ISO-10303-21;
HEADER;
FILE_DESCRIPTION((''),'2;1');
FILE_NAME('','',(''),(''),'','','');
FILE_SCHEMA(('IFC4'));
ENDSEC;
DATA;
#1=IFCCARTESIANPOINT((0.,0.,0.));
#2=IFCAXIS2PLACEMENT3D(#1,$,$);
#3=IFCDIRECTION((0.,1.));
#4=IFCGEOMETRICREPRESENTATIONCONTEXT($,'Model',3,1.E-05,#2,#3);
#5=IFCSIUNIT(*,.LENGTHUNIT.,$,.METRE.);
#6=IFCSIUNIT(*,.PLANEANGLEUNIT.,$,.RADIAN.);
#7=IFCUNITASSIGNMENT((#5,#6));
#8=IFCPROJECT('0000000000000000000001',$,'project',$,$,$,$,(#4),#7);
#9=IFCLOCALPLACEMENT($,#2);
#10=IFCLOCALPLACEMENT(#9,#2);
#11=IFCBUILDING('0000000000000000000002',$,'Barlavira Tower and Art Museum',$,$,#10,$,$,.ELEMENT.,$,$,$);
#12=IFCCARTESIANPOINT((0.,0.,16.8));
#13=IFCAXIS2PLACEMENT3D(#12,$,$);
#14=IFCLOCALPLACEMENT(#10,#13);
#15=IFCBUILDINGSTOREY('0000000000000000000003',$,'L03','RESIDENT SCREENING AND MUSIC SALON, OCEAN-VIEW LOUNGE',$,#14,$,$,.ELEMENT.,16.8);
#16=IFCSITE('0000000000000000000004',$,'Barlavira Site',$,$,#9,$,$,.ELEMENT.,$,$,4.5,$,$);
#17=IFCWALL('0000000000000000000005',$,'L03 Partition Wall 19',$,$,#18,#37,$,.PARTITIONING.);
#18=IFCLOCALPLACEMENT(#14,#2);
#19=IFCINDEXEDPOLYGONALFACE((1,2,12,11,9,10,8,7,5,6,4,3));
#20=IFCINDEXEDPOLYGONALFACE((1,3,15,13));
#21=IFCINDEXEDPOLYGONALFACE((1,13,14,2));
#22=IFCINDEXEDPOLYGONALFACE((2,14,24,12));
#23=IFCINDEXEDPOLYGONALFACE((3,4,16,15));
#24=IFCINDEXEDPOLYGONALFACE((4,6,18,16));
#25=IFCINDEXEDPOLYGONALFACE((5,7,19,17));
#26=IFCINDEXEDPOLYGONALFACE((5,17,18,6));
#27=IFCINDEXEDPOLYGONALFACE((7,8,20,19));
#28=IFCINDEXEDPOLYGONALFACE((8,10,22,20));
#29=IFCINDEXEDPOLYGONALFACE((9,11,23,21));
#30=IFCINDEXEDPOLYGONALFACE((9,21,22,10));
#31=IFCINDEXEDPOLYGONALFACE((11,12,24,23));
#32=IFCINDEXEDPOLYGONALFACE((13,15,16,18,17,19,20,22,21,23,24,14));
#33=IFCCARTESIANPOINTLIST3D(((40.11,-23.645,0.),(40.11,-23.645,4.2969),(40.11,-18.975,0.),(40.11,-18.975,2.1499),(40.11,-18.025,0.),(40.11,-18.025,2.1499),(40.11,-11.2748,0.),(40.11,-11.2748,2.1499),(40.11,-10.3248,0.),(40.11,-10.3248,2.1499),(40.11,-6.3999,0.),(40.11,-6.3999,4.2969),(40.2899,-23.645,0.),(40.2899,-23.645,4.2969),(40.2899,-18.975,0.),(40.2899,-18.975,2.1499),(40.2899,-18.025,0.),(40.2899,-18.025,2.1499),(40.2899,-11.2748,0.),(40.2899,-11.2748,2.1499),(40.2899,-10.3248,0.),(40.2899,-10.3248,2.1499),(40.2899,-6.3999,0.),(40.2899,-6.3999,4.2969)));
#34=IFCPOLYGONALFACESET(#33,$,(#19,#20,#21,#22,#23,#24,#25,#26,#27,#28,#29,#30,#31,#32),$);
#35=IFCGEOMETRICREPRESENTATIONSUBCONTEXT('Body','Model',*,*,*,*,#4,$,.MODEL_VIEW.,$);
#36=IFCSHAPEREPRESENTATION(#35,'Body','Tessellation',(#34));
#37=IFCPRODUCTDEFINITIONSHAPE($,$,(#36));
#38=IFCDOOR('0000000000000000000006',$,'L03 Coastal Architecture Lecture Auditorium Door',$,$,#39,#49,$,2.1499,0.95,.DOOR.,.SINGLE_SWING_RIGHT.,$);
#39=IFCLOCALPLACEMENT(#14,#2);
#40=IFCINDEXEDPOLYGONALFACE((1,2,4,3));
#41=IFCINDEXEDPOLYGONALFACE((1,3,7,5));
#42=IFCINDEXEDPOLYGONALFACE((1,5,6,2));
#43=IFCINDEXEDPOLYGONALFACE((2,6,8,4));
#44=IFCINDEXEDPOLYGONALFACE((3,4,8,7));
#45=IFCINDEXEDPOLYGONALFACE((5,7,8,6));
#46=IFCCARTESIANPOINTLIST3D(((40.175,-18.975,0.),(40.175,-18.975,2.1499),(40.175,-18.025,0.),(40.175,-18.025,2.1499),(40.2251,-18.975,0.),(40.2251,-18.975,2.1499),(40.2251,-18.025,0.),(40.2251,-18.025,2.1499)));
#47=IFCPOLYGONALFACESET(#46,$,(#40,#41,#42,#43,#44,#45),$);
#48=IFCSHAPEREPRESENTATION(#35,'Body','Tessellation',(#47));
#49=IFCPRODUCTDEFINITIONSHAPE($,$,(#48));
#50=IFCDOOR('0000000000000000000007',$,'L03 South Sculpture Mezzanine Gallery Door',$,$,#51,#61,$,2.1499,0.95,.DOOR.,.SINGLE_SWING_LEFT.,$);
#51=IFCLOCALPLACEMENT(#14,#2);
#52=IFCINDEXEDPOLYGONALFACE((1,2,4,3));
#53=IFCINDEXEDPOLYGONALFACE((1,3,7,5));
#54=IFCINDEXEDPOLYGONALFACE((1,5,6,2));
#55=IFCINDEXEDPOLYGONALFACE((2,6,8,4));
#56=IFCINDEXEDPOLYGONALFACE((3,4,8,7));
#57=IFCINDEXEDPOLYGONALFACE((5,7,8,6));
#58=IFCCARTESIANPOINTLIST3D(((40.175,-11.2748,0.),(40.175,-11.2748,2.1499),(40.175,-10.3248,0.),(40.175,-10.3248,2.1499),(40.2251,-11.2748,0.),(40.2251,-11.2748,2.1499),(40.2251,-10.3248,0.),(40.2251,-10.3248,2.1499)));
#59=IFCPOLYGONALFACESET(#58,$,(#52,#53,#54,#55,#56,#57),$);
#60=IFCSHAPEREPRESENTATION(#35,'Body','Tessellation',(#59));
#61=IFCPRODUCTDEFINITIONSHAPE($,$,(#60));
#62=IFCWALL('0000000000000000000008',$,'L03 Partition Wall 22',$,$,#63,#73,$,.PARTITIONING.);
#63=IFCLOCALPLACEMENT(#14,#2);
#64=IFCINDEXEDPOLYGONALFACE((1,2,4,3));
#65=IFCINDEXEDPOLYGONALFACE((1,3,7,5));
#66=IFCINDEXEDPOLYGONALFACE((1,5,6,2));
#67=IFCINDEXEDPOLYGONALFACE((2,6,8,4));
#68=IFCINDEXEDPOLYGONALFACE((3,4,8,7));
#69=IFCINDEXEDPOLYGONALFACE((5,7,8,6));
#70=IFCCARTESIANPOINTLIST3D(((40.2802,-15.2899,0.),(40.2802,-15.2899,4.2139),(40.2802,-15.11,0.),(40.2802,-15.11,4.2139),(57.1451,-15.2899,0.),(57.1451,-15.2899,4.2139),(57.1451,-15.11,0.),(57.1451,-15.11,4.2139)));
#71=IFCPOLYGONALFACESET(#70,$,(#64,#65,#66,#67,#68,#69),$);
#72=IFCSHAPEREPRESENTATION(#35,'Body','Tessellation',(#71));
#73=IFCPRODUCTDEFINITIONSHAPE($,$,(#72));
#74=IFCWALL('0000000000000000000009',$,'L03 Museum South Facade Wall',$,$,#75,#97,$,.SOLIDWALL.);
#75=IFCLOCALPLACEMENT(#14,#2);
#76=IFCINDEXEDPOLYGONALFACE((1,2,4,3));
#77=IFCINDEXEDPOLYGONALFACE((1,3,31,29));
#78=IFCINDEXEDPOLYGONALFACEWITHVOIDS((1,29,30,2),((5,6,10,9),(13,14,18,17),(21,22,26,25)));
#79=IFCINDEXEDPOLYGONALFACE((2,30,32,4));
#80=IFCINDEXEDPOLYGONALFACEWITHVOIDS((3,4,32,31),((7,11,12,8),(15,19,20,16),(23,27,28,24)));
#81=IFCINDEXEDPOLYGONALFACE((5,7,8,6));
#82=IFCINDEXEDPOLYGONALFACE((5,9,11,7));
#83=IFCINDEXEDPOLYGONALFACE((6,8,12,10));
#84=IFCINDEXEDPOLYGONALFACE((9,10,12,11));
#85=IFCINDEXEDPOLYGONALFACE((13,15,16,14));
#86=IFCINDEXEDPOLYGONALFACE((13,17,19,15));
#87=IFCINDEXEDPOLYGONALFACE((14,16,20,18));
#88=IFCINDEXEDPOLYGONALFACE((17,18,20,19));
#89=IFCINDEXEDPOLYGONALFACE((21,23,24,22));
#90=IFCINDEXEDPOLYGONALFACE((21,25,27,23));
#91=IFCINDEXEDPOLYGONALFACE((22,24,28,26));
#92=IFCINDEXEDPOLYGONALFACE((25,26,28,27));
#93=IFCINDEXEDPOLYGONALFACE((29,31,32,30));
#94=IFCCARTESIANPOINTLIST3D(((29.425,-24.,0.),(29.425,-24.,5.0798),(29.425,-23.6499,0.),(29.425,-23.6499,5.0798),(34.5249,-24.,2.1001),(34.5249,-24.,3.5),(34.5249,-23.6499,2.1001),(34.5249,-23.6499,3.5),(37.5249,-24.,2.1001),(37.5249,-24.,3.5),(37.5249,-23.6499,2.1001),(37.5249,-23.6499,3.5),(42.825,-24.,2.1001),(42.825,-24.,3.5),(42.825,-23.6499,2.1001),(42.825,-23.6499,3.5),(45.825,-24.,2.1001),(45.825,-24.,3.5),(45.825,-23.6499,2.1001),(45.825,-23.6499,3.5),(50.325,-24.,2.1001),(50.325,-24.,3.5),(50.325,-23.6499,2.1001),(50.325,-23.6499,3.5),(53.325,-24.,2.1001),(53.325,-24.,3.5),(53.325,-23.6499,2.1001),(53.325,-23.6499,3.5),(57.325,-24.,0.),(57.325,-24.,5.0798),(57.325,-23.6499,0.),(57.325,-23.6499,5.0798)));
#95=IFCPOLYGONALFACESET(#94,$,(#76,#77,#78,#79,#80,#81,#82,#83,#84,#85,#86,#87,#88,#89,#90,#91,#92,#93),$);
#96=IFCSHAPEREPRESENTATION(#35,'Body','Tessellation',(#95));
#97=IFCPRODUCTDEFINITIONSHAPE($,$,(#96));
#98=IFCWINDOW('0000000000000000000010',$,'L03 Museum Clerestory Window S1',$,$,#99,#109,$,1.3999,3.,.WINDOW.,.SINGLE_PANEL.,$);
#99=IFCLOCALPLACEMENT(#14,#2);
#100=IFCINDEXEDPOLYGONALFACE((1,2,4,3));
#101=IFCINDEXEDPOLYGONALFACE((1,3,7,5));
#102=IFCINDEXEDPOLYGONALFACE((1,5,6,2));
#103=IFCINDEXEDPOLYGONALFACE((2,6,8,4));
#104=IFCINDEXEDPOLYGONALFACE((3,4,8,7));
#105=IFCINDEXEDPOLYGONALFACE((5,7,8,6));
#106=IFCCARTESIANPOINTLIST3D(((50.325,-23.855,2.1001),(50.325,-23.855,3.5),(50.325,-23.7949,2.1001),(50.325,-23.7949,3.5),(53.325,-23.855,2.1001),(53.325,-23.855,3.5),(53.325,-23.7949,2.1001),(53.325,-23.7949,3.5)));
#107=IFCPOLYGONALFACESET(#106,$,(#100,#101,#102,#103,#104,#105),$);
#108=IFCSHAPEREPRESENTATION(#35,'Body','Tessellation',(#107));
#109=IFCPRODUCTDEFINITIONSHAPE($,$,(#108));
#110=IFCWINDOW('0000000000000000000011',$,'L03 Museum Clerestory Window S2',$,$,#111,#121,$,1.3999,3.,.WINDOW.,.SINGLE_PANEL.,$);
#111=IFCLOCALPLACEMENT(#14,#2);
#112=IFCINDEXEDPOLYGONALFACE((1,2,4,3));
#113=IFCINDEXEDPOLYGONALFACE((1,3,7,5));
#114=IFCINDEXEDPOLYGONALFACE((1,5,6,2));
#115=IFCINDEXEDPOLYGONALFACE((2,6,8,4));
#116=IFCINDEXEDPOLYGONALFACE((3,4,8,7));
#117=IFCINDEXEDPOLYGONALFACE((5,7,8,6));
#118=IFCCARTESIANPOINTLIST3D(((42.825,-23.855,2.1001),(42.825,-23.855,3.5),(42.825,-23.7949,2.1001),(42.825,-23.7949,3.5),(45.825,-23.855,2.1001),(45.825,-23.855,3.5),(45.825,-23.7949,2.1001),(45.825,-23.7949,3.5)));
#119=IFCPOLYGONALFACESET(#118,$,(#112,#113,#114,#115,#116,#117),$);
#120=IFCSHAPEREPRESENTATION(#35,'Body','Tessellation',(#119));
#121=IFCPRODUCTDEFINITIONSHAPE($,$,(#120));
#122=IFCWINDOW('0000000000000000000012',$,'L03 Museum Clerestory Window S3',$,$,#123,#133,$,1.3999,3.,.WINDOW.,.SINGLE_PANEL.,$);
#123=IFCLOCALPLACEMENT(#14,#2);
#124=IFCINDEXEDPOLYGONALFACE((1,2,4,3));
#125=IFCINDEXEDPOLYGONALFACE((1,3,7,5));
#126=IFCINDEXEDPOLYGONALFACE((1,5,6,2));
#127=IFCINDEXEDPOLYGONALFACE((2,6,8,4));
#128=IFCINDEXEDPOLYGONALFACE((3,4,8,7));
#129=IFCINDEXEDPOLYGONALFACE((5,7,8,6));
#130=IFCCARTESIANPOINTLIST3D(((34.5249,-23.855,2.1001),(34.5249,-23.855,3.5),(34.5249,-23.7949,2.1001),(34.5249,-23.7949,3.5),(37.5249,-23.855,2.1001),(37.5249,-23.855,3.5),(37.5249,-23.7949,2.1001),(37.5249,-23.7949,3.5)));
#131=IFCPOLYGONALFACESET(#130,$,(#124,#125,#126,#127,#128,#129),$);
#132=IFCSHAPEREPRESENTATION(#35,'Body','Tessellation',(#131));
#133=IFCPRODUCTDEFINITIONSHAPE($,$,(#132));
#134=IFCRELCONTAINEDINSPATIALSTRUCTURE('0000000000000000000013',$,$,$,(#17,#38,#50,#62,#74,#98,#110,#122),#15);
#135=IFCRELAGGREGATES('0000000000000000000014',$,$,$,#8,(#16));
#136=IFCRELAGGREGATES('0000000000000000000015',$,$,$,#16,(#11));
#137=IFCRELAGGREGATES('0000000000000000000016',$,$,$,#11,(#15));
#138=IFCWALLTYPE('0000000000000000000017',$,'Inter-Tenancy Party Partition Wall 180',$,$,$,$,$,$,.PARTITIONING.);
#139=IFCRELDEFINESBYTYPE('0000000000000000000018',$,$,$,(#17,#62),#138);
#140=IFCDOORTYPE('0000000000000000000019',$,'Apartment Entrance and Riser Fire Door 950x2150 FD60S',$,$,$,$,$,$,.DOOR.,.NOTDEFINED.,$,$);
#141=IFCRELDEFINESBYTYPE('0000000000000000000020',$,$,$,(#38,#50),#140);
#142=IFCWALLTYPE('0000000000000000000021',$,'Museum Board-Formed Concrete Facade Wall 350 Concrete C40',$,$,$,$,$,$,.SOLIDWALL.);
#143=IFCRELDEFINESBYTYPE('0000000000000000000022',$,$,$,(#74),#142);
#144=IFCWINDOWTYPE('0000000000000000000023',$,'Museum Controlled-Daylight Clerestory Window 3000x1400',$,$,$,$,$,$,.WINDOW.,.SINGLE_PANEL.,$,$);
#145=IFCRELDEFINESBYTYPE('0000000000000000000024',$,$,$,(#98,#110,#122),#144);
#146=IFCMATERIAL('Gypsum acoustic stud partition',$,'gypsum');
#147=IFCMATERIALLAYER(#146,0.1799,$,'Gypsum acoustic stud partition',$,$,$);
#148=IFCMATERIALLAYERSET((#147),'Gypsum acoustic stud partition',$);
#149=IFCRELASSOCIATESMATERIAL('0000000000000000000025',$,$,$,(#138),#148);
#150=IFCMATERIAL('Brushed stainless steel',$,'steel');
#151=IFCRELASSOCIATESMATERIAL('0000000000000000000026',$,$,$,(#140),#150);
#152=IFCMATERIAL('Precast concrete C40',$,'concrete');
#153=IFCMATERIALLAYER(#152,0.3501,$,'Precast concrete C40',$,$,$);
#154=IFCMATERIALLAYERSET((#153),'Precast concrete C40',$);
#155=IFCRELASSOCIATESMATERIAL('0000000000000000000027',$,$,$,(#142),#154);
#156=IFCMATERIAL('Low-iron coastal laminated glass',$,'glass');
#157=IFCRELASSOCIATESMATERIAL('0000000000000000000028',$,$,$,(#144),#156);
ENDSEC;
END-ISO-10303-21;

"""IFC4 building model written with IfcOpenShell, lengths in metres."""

from ifc_helpers import new_model, si_unit, direction, frame, frame_2d, origin, place, context, subcontext, project, spatial, rectangle, extrude, material, layer, layer_set, type_object, element, fill, save


model = new_model("IFC4")

# Units and contexts
model_context = context("Model", 3, precision=1e-05, world=origin(), true_north=direction((0.0, 1.0)))
body_context = subcontext(model_context, "Body", "Model", "MODEL_VIEW")
ifc_project = project(units=[si_unit("LENGTHUNIT", "METRE"), si_unit("PLANEANGLEUNIT", "RADIAN")], contexts=[model_context])

# Site, building, storey
site_placement = place(None, origin())
site = spatial("IfcSite", under=ifc_project, at=site_placement, Name="Barlavira Site", CompositionType="ELEMENT", RefElevation=4.5)
building_placement = place(site_placement, origin())
building = spatial("IfcBuilding", under=site, at=building_placement, Name="Barlavira Tower and Art Museum", CompositionType="ELEMENT")
storey_placement = place(building_placement, frame((0.0, 0.0, 16.8)))
storey = spatial("IfcBuildingStorey", under=building, at=storey_placement, Name="L03", Description="RESIDENT SCREENING AND MUSIC SALON, OCEAN-VIEW LOUNGE", CompositionType="ELEMENT", Elevation=16.8)

# Wall, openings, doors
ifc_material_1 = material(Name="Gypsum acoustic stud partition", Category="gypsum")
ifc_layer_1 = layer(ifc_material_1, 0.1799, Name="Gypsum acoustic stud partition")
ifc_layer_set_1 = layer_set([ifc_layer_1], Name="Gypsum acoustic stud partition")
wall_type_1 = type_object("IfcWallType", Name="Inter-Tenancy Party Partition Wall 180", PredefinedType="PARTITIONING", material=ifc_layer_set_1)
wall_1_placement = place(storey_placement, frame((40.2, -23.645, 0.0), z_axis=(0.0, 0.0, 1.0), x_axis=(0.0, 1.0, 0.0)))
wall_1 = element("IfcWall", 1, at=wall_1_placement, inside=storey, type_object=wall_type_1, Name="L03 Partition Wall 19", PredefinedType="PARTITIONING", context=body_context, shape_type="SweptSolid", body=[
    extrude(rectangle(XDim=17.2451, YDim=0.1799, at=frame_2d((8.6226, 0.0))), origin(), (0.0, 0.0, 1.0), 4.2969),
])
opening_1_placement = place(wall_1_placement, frame((4.6699, 0.0, 0.0)))
opening_1 = element("IfcOpeningElement", 2, at=opening_1_placement, cuts=wall_1, PredefinedType="OPENING", context=body_context, shape_type="SweptSolid", body=[
    extrude(rectangle(XDim=0.95, YDim=2.1499, at=frame_2d((0.4751, 1.075))), frame((0.0, 0.1001, 0.0), z_axis=(0.0, -1.0, 0.0), x_axis=(1.0, 0.0, 0.0)), (0.0, 0.0, 1.0), 0.2),
])
opening_2_placement = place(wall_1_placement, frame((12.3701, 0.0, 0.0)))
opening_2 = element("IfcOpeningElement", 3, at=opening_2_placement, cuts=wall_1, PredefinedType="OPENING", context=body_context, shape_type="SweptSolid", body=[
    extrude(rectangle(XDim=0.95, YDim=2.1499, at=frame_2d((0.4751, 1.075))), frame((0.0, 0.1001, 0.0), z_axis=(0.0, -1.0, 0.0), x_axis=(1.0, 0.0, 0.0)), (0.0, 0.0, 1.0), 0.2),
])
ifc_material_2 = material(Name="Brushed stainless steel", Category="steel")
door_type = type_object("IfcDoorType", Name="Apartment Entrance and Riser Fire Door 950x2150 FD60S", OperationType="NOTDEFINED", PredefinedType="DOOR", material=ifc_material_2)
door_1_placement = place(opening_1_placement, origin())
door_1 = element("IfcDoor", 4, at=door_1_placement, inside=storey, type_object=door_type, Name="L03 Coastal Architecture Lecture Auditorium Door", OperationType="SINGLE_SWING_RIGHT", OverallHeight=2.1499, OverallWidth=0.95, PredefinedType="DOOR", context=body_context, shape_type="SweptSolid", body=[
    extrude(rectangle(XDim=0.95, YDim=2.1499, at=frame_2d((0.4751, 1.075))), frame((0.0, 0.0249, 0.0), z_axis=(0.0, -1.0, 0.0), x_axis=(1.0, 0.0, 0.0)), (0.0, 0.0, 1.0), 0.05),
])
fill(opening_1, door_1)
door_2_placement = place(opening_2_placement, origin())
door_2 = element("IfcDoor", 5, at=door_2_placement, inside=storey, type_object=door_type, Name="L03 South Sculpture Mezzanine Gallery Door", OperationType="SINGLE_SWING_LEFT", OverallHeight=2.1499, OverallWidth=0.95, PredefinedType="DOOR", context=body_context, shape_type="SweptSolid", body=[
    extrude(rectangle(XDim=0.95, YDim=2.1499, at=frame_2d((0.4751, 1.075))), frame((0.0, 0.0249, 0.0), z_axis=(0.0, -1.0, 0.0), x_axis=(1.0, 0.0, 0.0)), (0.0, 0.0, 1.0), 0.05),
])
fill(opening_2, door_2)

# Wall
wall_2_placement = place(storey_placement, frame((40.28, -15.2, 0.0), z_axis=(0.0, 0.0, 1.0), x_axis=(1.0, 0.0, 0.0)))
element("IfcWall", 6, at=wall_2_placement, inside=storey, type_object=wall_type_1, Name="L03 Partition Wall 22", PredefinedType="PARTITIONING", context=body_context, shape_type="SweptSolid", body=[
    extrude(rectangle(XDim=16.865, YDim=0.1799, at=frame_2d((8.4326, 0.0))), origin(), (0.0, 0.0, 1.0), 4.2139),
])

# Wall, openings, windows
ifc_material_3 = material(Name="Precast concrete C40", Category="concrete")
ifc_layer_2 = layer(ifc_material_3, 0.3501, Name="Precast concrete C40")
ifc_layer_set_2 = layer_set([ifc_layer_2], Name="Precast concrete C40")
wall_type_2 = type_object("IfcWallType", Name="Museum Board-Formed Concrete Facade Wall 350 Concrete C40", PredefinedType="SOLIDWALL", material=ifc_layer_set_2)
wall_3_placement = place(storey_placement, frame((57.325, -23.825, 0.0), z_axis=(0.0, 0.0, 1.0), x_axis=(-1.0, 0.0, 0.0)))
wall_3 = element("IfcWall", 7, at=wall_3_placement, inside=storey, type_object=wall_type_2, Name="L03 Museum South Facade Wall", PredefinedType="SOLIDWALL", context=body_context, shape_type="SweptSolid", body=[
    extrude(rectangle(XDim=27.8999, YDim=0.3501, at=frame_2d((13.95, 0.0))), origin(), (0.0, 0.0, 1.0), 5.0798),
])
opening_3_placement = place(wall_3_placement, frame((4.0, 0.0, 2.1001)))
opening_3 = element("IfcOpeningElement", 8, at=opening_3_placement, cuts=wall_3, PredefinedType="OPENING", context=body_context, shape_type="SweptSolid", body=[
    extrude(rectangle(XDim=3.0, YDim=1.3999, at=frame_2d((1.5, 0.7))), frame((0.0, 0.1851, 0.0), z_axis=(0.0, -1.0, 0.0), x_axis=(1.0, 0.0, 0.0)), (0.0, 0.0, 1.0), 0.3701),
])
opening_4_placement = place(wall_3_placement, frame((11.5, 0.0, 2.1001)))
opening_4 = element("IfcOpeningElement", 9, at=opening_4_placement, cuts=wall_3, PredefinedType="OPENING", context=body_context, shape_type="SweptSolid", body=[
    extrude(rectangle(XDim=3.0, YDim=1.3999, at=frame_2d((1.5, 0.7))), frame((0.0, 0.1851, 0.0), z_axis=(0.0, -1.0, 0.0), x_axis=(1.0, 0.0, 0.0)), (0.0, 0.0, 1.0), 0.3701),
])
opening_5_placement = place(wall_3_placement, frame((19.8, 0.0, 2.1001)))
opening_5 = element("IfcOpeningElement", 10, at=opening_5_placement, cuts=wall_3, PredefinedType="OPENING", context=body_context, shape_type="SweptSolid", body=[
    extrude(rectangle(XDim=3.0, YDim=1.3999, at=frame_2d((1.5, 0.7))), frame((0.0, 0.1851, 0.0), z_axis=(0.0, -1.0, 0.0), x_axis=(1.0, 0.0, 0.0)), (0.0, 0.0, 1.0), 0.3701),
])
ifc_material_4 = material(Name="Low-iron coastal laminated glass", Category="glass")
window_type = type_object("IfcWindowType", Name="Museum Controlled-Daylight Clerestory Window 3000x1400", PartitioningType="SINGLE_PANEL", PredefinedType="WINDOW", material=ifc_material_4)
window_1_placement = place(opening_3_placement, origin())
window_1 = element("IfcWindow", 11, at=window_1_placement, inside=storey, type_object=window_type, Name="L03 Museum Clerestory Window S1", OverallHeight=1.3999, OverallWidth=3.0, PartitioningType="SINGLE_PANEL", PredefinedType="WINDOW", context=body_context, shape_type="SweptSolid", body=[
    extrude(rectangle(XDim=3.0, YDim=1.3999, at=frame_2d((1.5, 0.7))), frame((0.0, 0.03, 0.0), z_axis=(0.0, -1.0, 0.0), x_axis=(1.0, 0.0, 0.0)), (0.0, 0.0, 1.0), 0.0601),
])
fill(opening_3, window_1)
window_2_placement = place(opening_4_placement, origin())
window_2 = element("IfcWindow", 12, at=window_2_placement, inside=storey, type_object=window_type, Name="L03 Museum Clerestory Window S2", OverallHeight=1.3999, OverallWidth=3.0, PartitioningType="SINGLE_PANEL", PredefinedType="WINDOW", context=body_context, shape_type="SweptSolid", body=[
    extrude(rectangle(XDim=3.0, YDim=1.3999, at=frame_2d((1.5, 0.7))), frame((0.0, 0.03, 0.0), z_axis=(0.0, -1.0, 0.0), x_axis=(1.0, 0.0, 0.0)), (0.0, 0.0, 1.0), 0.0601),
])
fill(opening_4, window_2)
window_3_placement = place(opening_5_placement, origin())
window_3 = element("IfcWindow", 13, at=window_3_placement, inside=storey, type_object=window_type, Name="L03 Museum Clerestory Window S3", OverallHeight=1.3999, OverallWidth=3.0, PartitioningType="SINGLE_PANEL", PredefinedType="WINDOW", context=body_context, shape_type="SweptSolid", body=[
    extrude(rectangle(XDim=3.0, YDim=1.3999, at=frame_2d((1.5, 0.7))), frame((0.0, 0.03, 0.0), z_axis=(0.0, -1.0, 0.0), x_axis=(1.0, 0.0, 0.0)), (0.0, 0.0, 1.0), 0.0601),
])
fill(opening_5, window_3)

save(model, "model.ifc")
